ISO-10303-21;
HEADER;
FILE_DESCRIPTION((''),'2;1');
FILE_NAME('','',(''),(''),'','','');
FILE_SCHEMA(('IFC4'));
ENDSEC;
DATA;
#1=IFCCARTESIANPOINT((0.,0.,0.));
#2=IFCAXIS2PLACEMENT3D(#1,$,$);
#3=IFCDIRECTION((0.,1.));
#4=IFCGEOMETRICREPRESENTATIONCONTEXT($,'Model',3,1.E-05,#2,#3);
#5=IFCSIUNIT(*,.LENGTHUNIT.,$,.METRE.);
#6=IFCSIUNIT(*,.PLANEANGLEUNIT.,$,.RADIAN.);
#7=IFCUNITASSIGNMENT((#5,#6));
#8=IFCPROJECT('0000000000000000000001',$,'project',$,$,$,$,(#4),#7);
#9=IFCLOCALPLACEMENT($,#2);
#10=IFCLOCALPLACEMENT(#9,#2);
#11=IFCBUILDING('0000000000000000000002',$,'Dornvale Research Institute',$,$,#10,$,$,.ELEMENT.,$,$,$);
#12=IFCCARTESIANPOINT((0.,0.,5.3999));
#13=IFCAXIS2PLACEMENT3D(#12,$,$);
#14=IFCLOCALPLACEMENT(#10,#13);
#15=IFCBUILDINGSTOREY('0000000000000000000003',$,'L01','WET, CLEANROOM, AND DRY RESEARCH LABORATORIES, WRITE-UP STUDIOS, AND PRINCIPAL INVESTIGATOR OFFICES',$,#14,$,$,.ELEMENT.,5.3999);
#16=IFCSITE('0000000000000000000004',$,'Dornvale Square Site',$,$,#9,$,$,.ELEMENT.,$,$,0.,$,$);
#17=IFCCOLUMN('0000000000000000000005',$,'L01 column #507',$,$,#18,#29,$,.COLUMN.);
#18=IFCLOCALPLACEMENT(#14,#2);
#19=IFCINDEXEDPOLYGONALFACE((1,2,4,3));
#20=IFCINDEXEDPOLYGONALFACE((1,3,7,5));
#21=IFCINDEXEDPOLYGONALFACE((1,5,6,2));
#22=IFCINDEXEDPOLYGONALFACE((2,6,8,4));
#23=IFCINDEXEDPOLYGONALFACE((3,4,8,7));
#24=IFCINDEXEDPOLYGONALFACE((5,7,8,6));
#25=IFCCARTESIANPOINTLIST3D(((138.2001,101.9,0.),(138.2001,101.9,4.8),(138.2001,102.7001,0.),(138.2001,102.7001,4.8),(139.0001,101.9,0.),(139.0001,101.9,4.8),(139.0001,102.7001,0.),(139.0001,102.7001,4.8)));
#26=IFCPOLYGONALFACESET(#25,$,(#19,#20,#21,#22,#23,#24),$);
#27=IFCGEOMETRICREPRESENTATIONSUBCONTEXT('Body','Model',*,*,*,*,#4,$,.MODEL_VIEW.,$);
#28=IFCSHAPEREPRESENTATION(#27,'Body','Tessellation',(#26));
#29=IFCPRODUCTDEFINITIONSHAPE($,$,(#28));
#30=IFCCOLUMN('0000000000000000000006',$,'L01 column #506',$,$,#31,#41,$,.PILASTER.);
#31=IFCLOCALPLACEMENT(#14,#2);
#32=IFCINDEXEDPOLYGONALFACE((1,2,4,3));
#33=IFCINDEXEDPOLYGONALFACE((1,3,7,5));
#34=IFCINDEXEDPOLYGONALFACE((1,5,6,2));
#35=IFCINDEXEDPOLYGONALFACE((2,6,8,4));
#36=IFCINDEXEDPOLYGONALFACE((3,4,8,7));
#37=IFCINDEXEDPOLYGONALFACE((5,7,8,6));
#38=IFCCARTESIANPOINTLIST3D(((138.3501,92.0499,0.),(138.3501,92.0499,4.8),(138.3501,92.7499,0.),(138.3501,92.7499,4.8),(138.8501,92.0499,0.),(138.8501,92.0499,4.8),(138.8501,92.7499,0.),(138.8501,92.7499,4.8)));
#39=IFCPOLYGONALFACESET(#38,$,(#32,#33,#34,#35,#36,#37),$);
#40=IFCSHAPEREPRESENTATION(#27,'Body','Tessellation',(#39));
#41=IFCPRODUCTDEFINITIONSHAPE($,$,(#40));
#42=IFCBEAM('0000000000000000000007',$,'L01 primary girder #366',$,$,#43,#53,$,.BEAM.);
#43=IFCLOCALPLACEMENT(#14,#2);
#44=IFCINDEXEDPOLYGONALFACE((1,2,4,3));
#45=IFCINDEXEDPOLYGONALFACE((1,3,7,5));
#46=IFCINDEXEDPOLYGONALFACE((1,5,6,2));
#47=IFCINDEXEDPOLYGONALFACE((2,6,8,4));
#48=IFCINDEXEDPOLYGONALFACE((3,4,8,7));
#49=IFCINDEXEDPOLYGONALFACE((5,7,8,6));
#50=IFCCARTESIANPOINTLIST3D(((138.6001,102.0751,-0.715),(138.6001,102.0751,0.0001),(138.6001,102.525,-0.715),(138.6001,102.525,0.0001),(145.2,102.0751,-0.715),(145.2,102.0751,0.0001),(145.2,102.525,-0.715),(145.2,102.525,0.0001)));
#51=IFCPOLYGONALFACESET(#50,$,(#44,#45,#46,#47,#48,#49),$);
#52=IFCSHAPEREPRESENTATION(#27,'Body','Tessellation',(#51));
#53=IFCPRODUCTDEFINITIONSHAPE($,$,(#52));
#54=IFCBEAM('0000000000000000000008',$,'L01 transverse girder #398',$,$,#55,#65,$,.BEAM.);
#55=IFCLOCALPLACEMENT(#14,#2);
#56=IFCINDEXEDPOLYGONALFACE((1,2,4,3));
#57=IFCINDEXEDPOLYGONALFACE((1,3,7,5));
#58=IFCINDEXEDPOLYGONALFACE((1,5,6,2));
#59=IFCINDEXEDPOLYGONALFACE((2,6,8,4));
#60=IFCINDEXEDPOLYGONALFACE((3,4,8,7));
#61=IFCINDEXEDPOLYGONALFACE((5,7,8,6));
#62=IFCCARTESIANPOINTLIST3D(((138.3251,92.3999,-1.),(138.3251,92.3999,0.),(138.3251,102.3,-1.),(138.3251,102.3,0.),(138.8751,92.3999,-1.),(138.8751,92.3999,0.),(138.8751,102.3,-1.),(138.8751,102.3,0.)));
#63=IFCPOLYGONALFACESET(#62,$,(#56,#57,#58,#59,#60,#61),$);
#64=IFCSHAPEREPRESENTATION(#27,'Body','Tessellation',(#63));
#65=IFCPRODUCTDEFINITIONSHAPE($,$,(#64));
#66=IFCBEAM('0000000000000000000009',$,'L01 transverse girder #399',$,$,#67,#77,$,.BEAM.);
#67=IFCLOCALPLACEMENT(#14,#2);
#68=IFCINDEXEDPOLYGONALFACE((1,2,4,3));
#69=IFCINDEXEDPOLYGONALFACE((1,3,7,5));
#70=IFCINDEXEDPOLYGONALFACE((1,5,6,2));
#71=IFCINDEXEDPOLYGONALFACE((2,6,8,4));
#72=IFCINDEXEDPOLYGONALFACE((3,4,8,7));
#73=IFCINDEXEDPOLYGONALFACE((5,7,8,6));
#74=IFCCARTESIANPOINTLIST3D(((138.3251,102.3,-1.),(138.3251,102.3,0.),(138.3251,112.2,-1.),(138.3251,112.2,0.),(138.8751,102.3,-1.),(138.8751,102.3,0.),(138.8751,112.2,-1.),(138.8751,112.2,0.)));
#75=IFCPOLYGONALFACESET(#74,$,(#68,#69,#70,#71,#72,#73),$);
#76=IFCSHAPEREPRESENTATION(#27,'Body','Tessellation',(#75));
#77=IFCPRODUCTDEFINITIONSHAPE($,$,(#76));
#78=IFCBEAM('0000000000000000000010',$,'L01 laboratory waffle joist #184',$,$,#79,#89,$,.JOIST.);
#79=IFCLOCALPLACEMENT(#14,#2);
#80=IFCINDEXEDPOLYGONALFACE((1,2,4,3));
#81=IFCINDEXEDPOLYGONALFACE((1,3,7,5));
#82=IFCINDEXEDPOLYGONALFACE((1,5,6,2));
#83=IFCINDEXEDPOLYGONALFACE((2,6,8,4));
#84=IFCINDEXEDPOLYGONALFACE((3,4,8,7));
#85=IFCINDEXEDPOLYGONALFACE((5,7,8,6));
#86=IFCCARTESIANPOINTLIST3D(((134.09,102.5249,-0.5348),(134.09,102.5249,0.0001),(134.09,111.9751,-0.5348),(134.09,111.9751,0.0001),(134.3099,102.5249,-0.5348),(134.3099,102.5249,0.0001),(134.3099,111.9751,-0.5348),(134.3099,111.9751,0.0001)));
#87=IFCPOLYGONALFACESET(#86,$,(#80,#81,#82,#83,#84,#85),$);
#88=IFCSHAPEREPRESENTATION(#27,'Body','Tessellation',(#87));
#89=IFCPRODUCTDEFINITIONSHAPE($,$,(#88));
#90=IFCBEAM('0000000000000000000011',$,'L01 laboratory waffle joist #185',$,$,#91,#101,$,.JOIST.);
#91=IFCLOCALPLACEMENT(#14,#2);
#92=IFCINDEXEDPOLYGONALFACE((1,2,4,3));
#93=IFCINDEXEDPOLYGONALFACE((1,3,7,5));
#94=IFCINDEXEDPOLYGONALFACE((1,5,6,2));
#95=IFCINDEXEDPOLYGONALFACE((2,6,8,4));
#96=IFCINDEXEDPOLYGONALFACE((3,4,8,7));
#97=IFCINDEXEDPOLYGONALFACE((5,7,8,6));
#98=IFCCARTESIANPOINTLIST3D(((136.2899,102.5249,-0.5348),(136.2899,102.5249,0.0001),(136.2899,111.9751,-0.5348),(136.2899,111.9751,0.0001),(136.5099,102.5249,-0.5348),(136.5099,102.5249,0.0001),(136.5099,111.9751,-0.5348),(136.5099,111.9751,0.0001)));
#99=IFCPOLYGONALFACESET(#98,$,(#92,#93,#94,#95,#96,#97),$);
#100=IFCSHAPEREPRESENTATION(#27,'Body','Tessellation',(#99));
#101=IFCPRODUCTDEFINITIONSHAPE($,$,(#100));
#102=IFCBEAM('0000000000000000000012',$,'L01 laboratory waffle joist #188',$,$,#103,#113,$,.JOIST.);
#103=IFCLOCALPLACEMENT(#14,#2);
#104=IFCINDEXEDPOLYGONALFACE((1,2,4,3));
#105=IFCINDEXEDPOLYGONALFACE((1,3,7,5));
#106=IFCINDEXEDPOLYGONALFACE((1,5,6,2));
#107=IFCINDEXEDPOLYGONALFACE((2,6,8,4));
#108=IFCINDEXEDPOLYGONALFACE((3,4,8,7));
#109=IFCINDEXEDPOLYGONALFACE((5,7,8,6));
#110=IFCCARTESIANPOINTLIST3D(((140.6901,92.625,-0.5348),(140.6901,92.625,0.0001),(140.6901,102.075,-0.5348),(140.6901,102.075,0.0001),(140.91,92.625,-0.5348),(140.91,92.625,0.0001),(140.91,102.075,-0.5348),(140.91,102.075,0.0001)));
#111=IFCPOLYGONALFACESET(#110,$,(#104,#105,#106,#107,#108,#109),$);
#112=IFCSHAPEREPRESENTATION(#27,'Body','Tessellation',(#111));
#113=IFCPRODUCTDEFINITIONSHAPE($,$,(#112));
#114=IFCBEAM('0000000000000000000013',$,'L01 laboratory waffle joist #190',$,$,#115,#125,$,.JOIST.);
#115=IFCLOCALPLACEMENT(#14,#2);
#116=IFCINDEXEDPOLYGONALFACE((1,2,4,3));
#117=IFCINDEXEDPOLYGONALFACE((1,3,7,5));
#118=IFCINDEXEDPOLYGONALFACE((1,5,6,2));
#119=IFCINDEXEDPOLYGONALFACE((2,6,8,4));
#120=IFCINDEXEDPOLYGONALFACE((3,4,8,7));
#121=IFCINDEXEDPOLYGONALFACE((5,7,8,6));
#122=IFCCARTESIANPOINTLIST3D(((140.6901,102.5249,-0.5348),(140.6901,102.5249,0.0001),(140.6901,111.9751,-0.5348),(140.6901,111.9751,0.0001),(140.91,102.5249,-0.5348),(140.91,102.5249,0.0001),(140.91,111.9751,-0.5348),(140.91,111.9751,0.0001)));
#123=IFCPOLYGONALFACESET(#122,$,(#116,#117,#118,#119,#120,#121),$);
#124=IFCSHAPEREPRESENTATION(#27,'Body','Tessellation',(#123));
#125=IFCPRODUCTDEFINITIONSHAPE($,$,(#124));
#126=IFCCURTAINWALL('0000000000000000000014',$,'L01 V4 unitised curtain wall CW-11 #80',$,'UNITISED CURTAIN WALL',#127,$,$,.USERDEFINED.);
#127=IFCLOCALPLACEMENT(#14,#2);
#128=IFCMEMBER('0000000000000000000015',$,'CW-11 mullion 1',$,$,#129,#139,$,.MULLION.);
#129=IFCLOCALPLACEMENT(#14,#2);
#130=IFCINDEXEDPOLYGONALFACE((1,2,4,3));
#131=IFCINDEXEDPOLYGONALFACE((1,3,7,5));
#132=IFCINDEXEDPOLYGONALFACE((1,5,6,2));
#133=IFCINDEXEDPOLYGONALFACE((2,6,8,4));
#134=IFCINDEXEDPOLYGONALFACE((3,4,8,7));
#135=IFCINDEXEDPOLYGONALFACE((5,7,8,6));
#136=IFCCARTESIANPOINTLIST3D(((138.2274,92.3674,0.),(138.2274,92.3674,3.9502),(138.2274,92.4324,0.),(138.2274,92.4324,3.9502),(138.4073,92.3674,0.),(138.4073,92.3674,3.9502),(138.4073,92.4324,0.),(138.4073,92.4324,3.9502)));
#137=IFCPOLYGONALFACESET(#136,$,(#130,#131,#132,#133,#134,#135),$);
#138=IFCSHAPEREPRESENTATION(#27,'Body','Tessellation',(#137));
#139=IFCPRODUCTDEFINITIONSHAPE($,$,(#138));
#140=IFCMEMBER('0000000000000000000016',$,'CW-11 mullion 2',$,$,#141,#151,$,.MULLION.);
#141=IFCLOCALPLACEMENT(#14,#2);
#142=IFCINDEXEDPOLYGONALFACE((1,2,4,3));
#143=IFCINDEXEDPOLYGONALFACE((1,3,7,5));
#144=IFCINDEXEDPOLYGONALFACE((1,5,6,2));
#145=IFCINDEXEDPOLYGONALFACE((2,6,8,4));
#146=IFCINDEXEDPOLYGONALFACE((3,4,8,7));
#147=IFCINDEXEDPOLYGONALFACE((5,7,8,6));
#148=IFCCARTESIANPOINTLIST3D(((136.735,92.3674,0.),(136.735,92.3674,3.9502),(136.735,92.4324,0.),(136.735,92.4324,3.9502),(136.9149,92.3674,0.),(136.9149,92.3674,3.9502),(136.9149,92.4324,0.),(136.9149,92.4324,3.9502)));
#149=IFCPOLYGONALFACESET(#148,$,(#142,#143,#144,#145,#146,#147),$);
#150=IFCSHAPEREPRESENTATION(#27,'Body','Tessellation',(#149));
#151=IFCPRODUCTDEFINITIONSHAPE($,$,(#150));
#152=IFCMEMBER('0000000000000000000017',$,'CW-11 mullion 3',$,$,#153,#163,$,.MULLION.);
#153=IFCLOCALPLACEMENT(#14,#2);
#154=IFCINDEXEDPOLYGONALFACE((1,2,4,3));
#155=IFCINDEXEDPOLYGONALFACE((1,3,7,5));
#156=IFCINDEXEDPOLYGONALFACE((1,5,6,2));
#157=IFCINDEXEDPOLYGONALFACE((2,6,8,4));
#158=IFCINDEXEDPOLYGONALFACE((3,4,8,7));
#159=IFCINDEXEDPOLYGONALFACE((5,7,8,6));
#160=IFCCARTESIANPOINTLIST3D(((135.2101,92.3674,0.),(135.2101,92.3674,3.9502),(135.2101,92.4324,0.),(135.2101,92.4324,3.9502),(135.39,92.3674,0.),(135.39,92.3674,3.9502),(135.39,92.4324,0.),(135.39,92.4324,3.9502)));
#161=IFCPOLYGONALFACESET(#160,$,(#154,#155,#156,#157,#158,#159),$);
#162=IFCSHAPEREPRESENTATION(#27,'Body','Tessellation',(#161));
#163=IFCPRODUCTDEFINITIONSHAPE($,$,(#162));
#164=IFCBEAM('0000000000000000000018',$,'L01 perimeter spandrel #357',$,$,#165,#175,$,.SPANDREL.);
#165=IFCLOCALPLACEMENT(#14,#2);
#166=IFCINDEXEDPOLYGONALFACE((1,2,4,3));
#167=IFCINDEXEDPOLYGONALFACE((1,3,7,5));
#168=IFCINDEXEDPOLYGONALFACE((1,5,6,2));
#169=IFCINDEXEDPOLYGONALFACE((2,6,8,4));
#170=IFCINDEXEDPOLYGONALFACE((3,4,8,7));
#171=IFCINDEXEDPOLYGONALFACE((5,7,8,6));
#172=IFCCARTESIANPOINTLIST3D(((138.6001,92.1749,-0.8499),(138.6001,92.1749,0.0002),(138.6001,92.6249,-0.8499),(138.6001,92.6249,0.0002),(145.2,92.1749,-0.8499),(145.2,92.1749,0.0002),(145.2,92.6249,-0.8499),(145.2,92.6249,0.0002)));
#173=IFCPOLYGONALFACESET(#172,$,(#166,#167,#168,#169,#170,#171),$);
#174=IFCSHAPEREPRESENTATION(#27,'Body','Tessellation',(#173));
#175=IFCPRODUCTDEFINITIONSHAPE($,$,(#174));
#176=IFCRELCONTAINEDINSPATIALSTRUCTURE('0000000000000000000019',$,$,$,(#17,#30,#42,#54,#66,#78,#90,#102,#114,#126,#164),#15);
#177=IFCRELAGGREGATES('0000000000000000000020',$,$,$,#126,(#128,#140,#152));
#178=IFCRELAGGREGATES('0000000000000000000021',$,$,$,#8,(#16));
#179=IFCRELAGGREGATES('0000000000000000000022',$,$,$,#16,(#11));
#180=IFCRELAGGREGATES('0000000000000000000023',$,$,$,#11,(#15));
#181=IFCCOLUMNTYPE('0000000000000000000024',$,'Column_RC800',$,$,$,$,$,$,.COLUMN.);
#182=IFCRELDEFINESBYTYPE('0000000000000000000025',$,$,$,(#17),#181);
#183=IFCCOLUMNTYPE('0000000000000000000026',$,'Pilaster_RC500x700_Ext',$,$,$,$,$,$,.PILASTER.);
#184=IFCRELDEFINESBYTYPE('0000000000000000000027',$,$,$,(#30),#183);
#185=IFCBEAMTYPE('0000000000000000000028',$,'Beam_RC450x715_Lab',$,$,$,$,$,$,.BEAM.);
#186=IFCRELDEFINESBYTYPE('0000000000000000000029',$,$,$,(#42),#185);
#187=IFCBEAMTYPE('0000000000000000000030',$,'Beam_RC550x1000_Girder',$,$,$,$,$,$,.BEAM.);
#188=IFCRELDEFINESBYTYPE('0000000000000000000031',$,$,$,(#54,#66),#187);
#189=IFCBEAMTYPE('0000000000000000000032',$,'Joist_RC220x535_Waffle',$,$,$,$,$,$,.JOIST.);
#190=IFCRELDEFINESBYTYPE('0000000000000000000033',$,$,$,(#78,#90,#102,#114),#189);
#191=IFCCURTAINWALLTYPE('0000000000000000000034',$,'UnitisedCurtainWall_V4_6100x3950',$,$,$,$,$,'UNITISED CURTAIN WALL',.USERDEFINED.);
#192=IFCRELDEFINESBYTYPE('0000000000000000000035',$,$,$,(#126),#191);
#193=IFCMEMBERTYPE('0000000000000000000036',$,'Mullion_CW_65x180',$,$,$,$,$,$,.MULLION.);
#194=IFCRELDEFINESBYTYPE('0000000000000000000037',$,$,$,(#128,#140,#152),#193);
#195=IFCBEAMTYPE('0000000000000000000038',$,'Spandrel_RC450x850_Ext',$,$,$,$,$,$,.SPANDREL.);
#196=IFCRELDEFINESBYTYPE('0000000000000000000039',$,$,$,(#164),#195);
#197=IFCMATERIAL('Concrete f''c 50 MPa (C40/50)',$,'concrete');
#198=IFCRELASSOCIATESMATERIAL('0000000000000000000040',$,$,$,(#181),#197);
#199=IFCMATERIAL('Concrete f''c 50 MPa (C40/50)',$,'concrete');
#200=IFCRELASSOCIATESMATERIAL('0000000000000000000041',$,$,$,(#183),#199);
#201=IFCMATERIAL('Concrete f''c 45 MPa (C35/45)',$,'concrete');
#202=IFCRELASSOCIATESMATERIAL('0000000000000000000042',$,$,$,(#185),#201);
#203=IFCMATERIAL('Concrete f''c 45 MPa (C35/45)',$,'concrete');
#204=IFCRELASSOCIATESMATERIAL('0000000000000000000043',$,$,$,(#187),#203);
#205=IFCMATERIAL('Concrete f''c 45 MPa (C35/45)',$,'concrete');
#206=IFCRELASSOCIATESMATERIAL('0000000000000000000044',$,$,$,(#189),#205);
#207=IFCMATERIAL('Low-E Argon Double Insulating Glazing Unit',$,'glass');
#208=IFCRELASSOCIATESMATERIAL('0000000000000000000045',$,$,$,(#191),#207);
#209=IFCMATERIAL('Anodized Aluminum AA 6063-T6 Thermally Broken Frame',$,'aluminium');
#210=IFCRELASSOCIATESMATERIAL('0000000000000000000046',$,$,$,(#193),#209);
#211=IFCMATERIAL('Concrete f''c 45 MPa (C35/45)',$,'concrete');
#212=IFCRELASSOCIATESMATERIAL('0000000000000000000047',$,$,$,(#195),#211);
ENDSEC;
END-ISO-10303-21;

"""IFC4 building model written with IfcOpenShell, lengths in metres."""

from ifc_helpers import new_model, si_unit, direction, frame, origin, origin_2d, place, context, subcontext, project, spatial, rectangle, extrude, material, material_profile, profile_set, type_object, element, aggregate, save


model = new_model("IFC4")

# Units and contexts
model_context = context("Model", 3, precision=1e-05, world=origin(), true_north=direction((0.0, 1.0)))
body_context = subcontext(model_context, "Body", "Model", "MODEL_VIEW")
ifc_project = project(units=[si_unit("LENGTHUNIT", "METRE"), si_unit("PLANEANGLEUNIT", "RADIAN")], contexts=[model_context])

# Site, building, storey
site_placement = place(None, origin())
site = spatial("IfcSite", under=ifc_project, at=site_placement, Name="Dornvale Square Site", CompositionType="ELEMENT", RefElevation=0.0)
building_placement = place(site_placement, origin())
building = spatial("IfcBuilding", under=site, at=building_placement, Name="Dornvale Research Institute", CompositionType="ELEMENT")
storey_placement = place(building_placement, frame((0.0, 0.0, 5.3999)))
storey = spatial("IfcBuildingStorey", under=building, at=storey_placement, Name="L01", Description="WET, CLEANROOM, AND DRY RESEARCH LABORATORIES, WRITE-UP STUDIOS, AND PRINCIPAL INVESTIGATOR OFFICES", CompositionType="ELEMENT", Elevation=5.3999)

# Columns
ifc_material_1 = material(Name="Concrete f'c 50 MPa (C40/50)", Category="concrete")
ifc_material_profile_1 = material_profile(ifc_material_1, rectangle(XDim=0.8, YDim=0.8, at=origin_2d()), Name="RC 800x800")
ifc_profile_set_1 = profile_set([ifc_material_profile_1], Name="Concrete f'c 50 MPa (C40/50)")
column_type_1 = type_object("IfcColumnType", Name="Column_RC800", PredefinedType="COLUMN", material=ifc_profile_set_1)
column_1_placement = place(storey_placement, frame((138.6001, 102.3, 0.0), z_axis=(0.0, 0.0, 1.0), x_axis=(1.0, 0.0, 0.0)))
element("IfcColumn", 1, at=column_1_placement, inside=storey, type_object=column_type_1, Name="L01 column #507", PredefinedType="COLUMN", context=body_context, shape_type="SweptSolid", body=[
    extrude(rectangle(XDim=0.8, YDim=0.8, at=origin_2d()), origin(), (0.0, 0.0, 1.0), 4.8),
])
ifc_material_2 = material(Name="Concrete f'c 50 MPa (C40/50)", Category="concrete")
ifc_material_profile_2 = material_profile(ifc_material_2, rectangle(XDim=0.5, YDim=0.7, at=origin_2d()), Name="RC 500x700")
ifc_profile_set_2 = profile_set([ifc_material_profile_2], Name="Concrete f'c 50 MPa (C40/50)")
column_type_2 = type_object("IfcColumnType", Name="Pilaster_RC500x700_Ext", PredefinedType="PILASTER", material=ifc_profile_set_2)
column_2_placement = place(storey_placement, frame((138.6001, 92.3999, 0.0), z_axis=(0.0, 0.0, 1.0), x_axis=(1.0, 0.0, 0.0)))
element("IfcColumn", 2, at=column_2_placement, inside=storey, type_object=column_type_2, Name="L01 column #506", PredefinedType="PILASTER", context=body_context, shape_type="SweptSolid", body=[
    extrude(rectangle(XDim=0.5, YDim=0.7, at=origin_2d()), origin(), (0.0, 0.0, 1.0), 4.8),
])

# Beams
ifc_material_3 = material(Name="Concrete f'c 45 MPa (C35/45)", Category="concrete")
ifc_material_profile_3 = material_profile(ifc_material_3, rectangle(XDim=0.45, YDim=0.7151, at=origin_2d()), Name="RC 450x715")
ifc_profile_set_3 = profile_set([ifc_material_profile_3], Name="Concrete f'c 45 MPa (C35/45)")
beam_type_1 = type_object("IfcBeamType", Name="Beam_RC450x715_Lab", PredefinedType="BEAM", material=ifc_profile_set_3)
beam_1_placement = place(storey_placement, frame((138.6001, 102.3, -0.3574), z_axis=(1.0, 0.0, 0.0), x_axis=(0.0, 1.0, 0.0)))
element("IfcBeam", 3, at=beam_1_placement, inside=storey, type_object=beam_type_1, Name="L01 primary girder #366", PredefinedType="BEAM", context=body_context, shape_type="SweptSolid", body=[
    extrude(rectangle(XDim=0.45, YDim=0.7151, at=origin_2d()), origin(), (0.0, 0.0, 1.0), 6.5999),
])
ifc_material_4 = material(Name="Concrete f'c 45 MPa (C35/45)", Category="concrete")
ifc_material_profile_4 = material_profile(ifc_material_4, rectangle(XDim=0.55, YDim=1.0, at=origin_2d()), Name="RC 550x1000")
ifc_profile_set_4 = profile_set([ifc_material_profile_4], Name="Concrete f'c 45 MPa (C35/45)")
beam_type_2 = type_object("IfcBeamType", Name="Beam_RC550x1000_Girder", PredefinedType="BEAM", material=ifc_profile_set_4)
beam_2_placement = place(storey_placement, frame((138.6001, 92.3999, -0.5), z_axis=(0.0, 1.0, 0.0), x_axis=(-1.0, 0.0, 0.0)))
element("IfcBeam", 4, at=beam_2_placement, inside=storey, type_object=beam_type_2, Name="L01 transverse girder #398", PredefinedType="BEAM", context=body_context, shape_type="SweptSolid", body=[
    extrude(rectangle(XDim=0.55, YDim=1.0, at=origin_2d()), origin(), (0.0, 0.0, 1.0), 9.9001),
])
beam_3_placement = place(storey_placement, frame((138.6001, 102.3, -0.5), z_axis=(0.0, 1.0, 0.0), x_axis=(-1.0, 0.0, 0.0)))
element("IfcBeam", 5, at=beam_3_placement, inside=storey, type_object=beam_type_2, Name="L01 transverse girder #399", PredefinedType="BEAM", context=body_context, shape_type="SweptSolid", body=[
    extrude(rectangle(XDim=0.55, YDim=1.0, at=origin_2d()), origin(), (0.0, 0.0, 1.0), 9.8999),
])
ifc_material_5 = material(Name="Concrete f'c 45 MPa (C35/45)", Category="concrete")
ifc_material_profile_5 = material_profile(ifc_material_5, rectangle(XDim=0.22, YDim=0.5349, at=origin_2d()), Name="RC 220x535")
ifc_profile_set_5 = profile_set([ifc_material_profile_5], Name="Concrete f'c 45 MPa (C35/45)")
beam_type_3 = type_object("IfcBeamType", Name="Joist_RC220x535_Waffle", PredefinedType="JOIST", material=ifc_profile_set_5)
for number, where, z_axis, x_axis, name in (
    (6, (134.2, 102.5249, -0.2673), (0.0, 1.0, 0.0), (-1.0, 0.0, 0.0), "L01 laboratory waffle joist #184"),
    (7, (136.3999, 102.5249, -0.2673), (0.0, 1.0, 0.0), (-1.0, 0.0, 0.0), "L01 laboratory waffle joist #185"),
):
    element("IfcBeam", number, at=place(storey_placement, frame(where, z_axis=z_axis, x_axis=x_axis)), inside=storey, type_object=beam_type_3, Name=name, PredefinedType="JOIST", context=body_context, shape_type="SweptSolid", body=[
        extrude(rectangle(XDim=0.22, YDim=0.5349, at=origin_2d()), origin(), (0.0, 0.0, 1.0), 9.4502),
    ])
beam_4_placement = place(storey_placement, frame((140.8, 92.625, -0.2673), z_axis=(0.0, 1.0, 0.0), x_axis=(-1.0, 0.0, 0.0)))
element("IfcBeam", 8, at=beam_4_placement, inside=storey, type_object=beam_type_3, Name="L01 laboratory waffle joist #188", PredefinedType="JOIST", context=body_context, shape_type="SweptSolid", body=[
    extrude(rectangle(XDim=0.22, YDim=0.5349, at=origin_2d()), origin(), (0.0, 0.0, 1.0), 9.45),
])
beam_5_placement = place(storey_placement, frame((140.8, 102.5249, -0.2673), z_axis=(0.0, 1.0, 0.0), x_axis=(-1.0, 0.0, 0.0)))
element("IfcBeam", 9, at=beam_5_placement, inside=storey, type_object=beam_type_3, Name="L01 laboratory waffle joist #190", PredefinedType="JOIST", context=body_context, shape_type="SweptSolid", body=[
    extrude(rectangle(XDim=0.22, YDim=0.5349, at=origin_2d()), origin(), (0.0, 0.0, 1.0), 9.4502),
])

# Curtain wall, members
ifc_material_6 = material(Name="Low-E Argon Double Insulating Glazing Unit", Category="glass")
curtain_wall_type = type_object("IfcCurtainWallType", Name="UnitisedCurtainWall_V4_6100x3950", ElementType="UNITISED CURTAIN WALL", PredefinedType="USERDEFINED", material=ifc_material_6)
curtain_wall_placement = place(storey_placement, origin())
curtain_wall = element("IfcCurtainWall", 10, at=curtain_wall_placement, inside=storey, type_object=curtain_wall_type, Name="L01 V4 unitised curtain wall CW-11 #80", ObjectType="UNITISED CURTAIN WALL", PredefinedType="USERDEFINED")
ifc_material_7 = material(Name="Anodized Aluminum AA 6063-T6 Thermally Broken Frame", Category="aluminium")
ifc_material_profile_6 = material_profile(ifc_material_7, rectangle(XDim=0.0649, YDim=0.1799, at=origin_2d()), Name="ALU MULLION 65x180")
ifc_profile_set_6 = profile_set([ifc_material_profile_6], Name="Anodized Aluminum AA 6063-T6 Thermally Broken Frame")
member_type_1 = type_object("IfcMemberType", Name="Mullion_CW_65x180", PredefinedType="MULLION", material=ifc_profile_set_6)
member_1_placement = place(storey_placement, frame((138.3174, 92.3999, 0.0), z_axis=(0.0, 0.0, 1.0), x_axis=(0.0, -1.0, 0.0)))
member_1 = element("IfcMember", 11, at=member_1_placement, type_object=member_type_1, Name="CW-11 mullion 1", PredefinedType="MULLION", context=body_context, shape_type="SweptSolid", body=[
    extrude(rectangle(XDim=0.0649, YDim=0.1799, at=origin_2d()), origin(), (0.0, 0.0, 1.0), 3.9502),
])
member_2_placement = place(storey_placement, frame((136.825, 92.3999, 0.0), z_axis=(0.0, 0.0, 1.0), x_axis=(0.0, -1.0, 0.0)))
member_2 = element("IfcMember", 12, at=member_2_placement, type_object=member_type_1, Name="CW-11 mullion 2", PredefinedType="MULLION", context=body_context, shape_type="SweptSolid", body=[
    extrude(rectangle(XDim=0.0649, YDim=0.1799, at=origin_2d()), origin(), (0.0, 0.0, 1.0), 3.9502),
])
member_3_placement = place(storey_placement, frame((135.3, 92.3999, 0.0), z_axis=(0.0, 0.0, 1.0), x_axis=(0.0, -1.0, 0.0)))
member_3 = element("IfcMember", 13, at=member_3_placement, type_object=member_type_1, Name="CW-11 mullion 3", PredefinedType="MULLION", context=body_context, shape_type="SweptSolid", body=[
    extrude(rectangle(XDim=0.0649, YDim=0.1799, at=origin_2d()), origin(), (0.0, 0.0, 1.0), 3.9502),
])

# Beam
ifc_material_8 = material(Name="Concrete f'c 45 MPa (C35/45)", Category="concrete")
ifc_material_profile_7 = material_profile(ifc_material_8, rectangle(XDim=0.45, YDim=0.8501, at=origin_2d()), Name="RC 450x850")
ifc_profile_set_7 = profile_set([ifc_material_profile_7], Name="Concrete f'c 45 MPa (C35/45)")
beam_type_4 = type_object("IfcBeamType", Name="Spandrel_RC450x850_Ext", PredefinedType="SPANDREL", material=ifc_profile_set_7)
beam_6_placement = place(storey_placement, frame((138.6001, 92.3999, -0.4248), z_axis=(1.0, 0.0, 0.0), x_axis=(0.0, 1.0, 0.0)))
element("IfcBeam", 14, at=beam_6_placement, inside=storey, type_object=beam_type_4, Name="L01 perimeter spandrel #357", PredefinedType="SPANDREL", context=body_context, shape_type="SweptSolid", body=[
    extrude(rectangle(XDim=0.45, YDim=0.8501, at=origin_2d()), origin(), (0.0, 0.0, 1.0), 6.5999),
])

aggregate(curtain_wall, [member_1, member_2, member_3])

save(model, "model.ifc")
